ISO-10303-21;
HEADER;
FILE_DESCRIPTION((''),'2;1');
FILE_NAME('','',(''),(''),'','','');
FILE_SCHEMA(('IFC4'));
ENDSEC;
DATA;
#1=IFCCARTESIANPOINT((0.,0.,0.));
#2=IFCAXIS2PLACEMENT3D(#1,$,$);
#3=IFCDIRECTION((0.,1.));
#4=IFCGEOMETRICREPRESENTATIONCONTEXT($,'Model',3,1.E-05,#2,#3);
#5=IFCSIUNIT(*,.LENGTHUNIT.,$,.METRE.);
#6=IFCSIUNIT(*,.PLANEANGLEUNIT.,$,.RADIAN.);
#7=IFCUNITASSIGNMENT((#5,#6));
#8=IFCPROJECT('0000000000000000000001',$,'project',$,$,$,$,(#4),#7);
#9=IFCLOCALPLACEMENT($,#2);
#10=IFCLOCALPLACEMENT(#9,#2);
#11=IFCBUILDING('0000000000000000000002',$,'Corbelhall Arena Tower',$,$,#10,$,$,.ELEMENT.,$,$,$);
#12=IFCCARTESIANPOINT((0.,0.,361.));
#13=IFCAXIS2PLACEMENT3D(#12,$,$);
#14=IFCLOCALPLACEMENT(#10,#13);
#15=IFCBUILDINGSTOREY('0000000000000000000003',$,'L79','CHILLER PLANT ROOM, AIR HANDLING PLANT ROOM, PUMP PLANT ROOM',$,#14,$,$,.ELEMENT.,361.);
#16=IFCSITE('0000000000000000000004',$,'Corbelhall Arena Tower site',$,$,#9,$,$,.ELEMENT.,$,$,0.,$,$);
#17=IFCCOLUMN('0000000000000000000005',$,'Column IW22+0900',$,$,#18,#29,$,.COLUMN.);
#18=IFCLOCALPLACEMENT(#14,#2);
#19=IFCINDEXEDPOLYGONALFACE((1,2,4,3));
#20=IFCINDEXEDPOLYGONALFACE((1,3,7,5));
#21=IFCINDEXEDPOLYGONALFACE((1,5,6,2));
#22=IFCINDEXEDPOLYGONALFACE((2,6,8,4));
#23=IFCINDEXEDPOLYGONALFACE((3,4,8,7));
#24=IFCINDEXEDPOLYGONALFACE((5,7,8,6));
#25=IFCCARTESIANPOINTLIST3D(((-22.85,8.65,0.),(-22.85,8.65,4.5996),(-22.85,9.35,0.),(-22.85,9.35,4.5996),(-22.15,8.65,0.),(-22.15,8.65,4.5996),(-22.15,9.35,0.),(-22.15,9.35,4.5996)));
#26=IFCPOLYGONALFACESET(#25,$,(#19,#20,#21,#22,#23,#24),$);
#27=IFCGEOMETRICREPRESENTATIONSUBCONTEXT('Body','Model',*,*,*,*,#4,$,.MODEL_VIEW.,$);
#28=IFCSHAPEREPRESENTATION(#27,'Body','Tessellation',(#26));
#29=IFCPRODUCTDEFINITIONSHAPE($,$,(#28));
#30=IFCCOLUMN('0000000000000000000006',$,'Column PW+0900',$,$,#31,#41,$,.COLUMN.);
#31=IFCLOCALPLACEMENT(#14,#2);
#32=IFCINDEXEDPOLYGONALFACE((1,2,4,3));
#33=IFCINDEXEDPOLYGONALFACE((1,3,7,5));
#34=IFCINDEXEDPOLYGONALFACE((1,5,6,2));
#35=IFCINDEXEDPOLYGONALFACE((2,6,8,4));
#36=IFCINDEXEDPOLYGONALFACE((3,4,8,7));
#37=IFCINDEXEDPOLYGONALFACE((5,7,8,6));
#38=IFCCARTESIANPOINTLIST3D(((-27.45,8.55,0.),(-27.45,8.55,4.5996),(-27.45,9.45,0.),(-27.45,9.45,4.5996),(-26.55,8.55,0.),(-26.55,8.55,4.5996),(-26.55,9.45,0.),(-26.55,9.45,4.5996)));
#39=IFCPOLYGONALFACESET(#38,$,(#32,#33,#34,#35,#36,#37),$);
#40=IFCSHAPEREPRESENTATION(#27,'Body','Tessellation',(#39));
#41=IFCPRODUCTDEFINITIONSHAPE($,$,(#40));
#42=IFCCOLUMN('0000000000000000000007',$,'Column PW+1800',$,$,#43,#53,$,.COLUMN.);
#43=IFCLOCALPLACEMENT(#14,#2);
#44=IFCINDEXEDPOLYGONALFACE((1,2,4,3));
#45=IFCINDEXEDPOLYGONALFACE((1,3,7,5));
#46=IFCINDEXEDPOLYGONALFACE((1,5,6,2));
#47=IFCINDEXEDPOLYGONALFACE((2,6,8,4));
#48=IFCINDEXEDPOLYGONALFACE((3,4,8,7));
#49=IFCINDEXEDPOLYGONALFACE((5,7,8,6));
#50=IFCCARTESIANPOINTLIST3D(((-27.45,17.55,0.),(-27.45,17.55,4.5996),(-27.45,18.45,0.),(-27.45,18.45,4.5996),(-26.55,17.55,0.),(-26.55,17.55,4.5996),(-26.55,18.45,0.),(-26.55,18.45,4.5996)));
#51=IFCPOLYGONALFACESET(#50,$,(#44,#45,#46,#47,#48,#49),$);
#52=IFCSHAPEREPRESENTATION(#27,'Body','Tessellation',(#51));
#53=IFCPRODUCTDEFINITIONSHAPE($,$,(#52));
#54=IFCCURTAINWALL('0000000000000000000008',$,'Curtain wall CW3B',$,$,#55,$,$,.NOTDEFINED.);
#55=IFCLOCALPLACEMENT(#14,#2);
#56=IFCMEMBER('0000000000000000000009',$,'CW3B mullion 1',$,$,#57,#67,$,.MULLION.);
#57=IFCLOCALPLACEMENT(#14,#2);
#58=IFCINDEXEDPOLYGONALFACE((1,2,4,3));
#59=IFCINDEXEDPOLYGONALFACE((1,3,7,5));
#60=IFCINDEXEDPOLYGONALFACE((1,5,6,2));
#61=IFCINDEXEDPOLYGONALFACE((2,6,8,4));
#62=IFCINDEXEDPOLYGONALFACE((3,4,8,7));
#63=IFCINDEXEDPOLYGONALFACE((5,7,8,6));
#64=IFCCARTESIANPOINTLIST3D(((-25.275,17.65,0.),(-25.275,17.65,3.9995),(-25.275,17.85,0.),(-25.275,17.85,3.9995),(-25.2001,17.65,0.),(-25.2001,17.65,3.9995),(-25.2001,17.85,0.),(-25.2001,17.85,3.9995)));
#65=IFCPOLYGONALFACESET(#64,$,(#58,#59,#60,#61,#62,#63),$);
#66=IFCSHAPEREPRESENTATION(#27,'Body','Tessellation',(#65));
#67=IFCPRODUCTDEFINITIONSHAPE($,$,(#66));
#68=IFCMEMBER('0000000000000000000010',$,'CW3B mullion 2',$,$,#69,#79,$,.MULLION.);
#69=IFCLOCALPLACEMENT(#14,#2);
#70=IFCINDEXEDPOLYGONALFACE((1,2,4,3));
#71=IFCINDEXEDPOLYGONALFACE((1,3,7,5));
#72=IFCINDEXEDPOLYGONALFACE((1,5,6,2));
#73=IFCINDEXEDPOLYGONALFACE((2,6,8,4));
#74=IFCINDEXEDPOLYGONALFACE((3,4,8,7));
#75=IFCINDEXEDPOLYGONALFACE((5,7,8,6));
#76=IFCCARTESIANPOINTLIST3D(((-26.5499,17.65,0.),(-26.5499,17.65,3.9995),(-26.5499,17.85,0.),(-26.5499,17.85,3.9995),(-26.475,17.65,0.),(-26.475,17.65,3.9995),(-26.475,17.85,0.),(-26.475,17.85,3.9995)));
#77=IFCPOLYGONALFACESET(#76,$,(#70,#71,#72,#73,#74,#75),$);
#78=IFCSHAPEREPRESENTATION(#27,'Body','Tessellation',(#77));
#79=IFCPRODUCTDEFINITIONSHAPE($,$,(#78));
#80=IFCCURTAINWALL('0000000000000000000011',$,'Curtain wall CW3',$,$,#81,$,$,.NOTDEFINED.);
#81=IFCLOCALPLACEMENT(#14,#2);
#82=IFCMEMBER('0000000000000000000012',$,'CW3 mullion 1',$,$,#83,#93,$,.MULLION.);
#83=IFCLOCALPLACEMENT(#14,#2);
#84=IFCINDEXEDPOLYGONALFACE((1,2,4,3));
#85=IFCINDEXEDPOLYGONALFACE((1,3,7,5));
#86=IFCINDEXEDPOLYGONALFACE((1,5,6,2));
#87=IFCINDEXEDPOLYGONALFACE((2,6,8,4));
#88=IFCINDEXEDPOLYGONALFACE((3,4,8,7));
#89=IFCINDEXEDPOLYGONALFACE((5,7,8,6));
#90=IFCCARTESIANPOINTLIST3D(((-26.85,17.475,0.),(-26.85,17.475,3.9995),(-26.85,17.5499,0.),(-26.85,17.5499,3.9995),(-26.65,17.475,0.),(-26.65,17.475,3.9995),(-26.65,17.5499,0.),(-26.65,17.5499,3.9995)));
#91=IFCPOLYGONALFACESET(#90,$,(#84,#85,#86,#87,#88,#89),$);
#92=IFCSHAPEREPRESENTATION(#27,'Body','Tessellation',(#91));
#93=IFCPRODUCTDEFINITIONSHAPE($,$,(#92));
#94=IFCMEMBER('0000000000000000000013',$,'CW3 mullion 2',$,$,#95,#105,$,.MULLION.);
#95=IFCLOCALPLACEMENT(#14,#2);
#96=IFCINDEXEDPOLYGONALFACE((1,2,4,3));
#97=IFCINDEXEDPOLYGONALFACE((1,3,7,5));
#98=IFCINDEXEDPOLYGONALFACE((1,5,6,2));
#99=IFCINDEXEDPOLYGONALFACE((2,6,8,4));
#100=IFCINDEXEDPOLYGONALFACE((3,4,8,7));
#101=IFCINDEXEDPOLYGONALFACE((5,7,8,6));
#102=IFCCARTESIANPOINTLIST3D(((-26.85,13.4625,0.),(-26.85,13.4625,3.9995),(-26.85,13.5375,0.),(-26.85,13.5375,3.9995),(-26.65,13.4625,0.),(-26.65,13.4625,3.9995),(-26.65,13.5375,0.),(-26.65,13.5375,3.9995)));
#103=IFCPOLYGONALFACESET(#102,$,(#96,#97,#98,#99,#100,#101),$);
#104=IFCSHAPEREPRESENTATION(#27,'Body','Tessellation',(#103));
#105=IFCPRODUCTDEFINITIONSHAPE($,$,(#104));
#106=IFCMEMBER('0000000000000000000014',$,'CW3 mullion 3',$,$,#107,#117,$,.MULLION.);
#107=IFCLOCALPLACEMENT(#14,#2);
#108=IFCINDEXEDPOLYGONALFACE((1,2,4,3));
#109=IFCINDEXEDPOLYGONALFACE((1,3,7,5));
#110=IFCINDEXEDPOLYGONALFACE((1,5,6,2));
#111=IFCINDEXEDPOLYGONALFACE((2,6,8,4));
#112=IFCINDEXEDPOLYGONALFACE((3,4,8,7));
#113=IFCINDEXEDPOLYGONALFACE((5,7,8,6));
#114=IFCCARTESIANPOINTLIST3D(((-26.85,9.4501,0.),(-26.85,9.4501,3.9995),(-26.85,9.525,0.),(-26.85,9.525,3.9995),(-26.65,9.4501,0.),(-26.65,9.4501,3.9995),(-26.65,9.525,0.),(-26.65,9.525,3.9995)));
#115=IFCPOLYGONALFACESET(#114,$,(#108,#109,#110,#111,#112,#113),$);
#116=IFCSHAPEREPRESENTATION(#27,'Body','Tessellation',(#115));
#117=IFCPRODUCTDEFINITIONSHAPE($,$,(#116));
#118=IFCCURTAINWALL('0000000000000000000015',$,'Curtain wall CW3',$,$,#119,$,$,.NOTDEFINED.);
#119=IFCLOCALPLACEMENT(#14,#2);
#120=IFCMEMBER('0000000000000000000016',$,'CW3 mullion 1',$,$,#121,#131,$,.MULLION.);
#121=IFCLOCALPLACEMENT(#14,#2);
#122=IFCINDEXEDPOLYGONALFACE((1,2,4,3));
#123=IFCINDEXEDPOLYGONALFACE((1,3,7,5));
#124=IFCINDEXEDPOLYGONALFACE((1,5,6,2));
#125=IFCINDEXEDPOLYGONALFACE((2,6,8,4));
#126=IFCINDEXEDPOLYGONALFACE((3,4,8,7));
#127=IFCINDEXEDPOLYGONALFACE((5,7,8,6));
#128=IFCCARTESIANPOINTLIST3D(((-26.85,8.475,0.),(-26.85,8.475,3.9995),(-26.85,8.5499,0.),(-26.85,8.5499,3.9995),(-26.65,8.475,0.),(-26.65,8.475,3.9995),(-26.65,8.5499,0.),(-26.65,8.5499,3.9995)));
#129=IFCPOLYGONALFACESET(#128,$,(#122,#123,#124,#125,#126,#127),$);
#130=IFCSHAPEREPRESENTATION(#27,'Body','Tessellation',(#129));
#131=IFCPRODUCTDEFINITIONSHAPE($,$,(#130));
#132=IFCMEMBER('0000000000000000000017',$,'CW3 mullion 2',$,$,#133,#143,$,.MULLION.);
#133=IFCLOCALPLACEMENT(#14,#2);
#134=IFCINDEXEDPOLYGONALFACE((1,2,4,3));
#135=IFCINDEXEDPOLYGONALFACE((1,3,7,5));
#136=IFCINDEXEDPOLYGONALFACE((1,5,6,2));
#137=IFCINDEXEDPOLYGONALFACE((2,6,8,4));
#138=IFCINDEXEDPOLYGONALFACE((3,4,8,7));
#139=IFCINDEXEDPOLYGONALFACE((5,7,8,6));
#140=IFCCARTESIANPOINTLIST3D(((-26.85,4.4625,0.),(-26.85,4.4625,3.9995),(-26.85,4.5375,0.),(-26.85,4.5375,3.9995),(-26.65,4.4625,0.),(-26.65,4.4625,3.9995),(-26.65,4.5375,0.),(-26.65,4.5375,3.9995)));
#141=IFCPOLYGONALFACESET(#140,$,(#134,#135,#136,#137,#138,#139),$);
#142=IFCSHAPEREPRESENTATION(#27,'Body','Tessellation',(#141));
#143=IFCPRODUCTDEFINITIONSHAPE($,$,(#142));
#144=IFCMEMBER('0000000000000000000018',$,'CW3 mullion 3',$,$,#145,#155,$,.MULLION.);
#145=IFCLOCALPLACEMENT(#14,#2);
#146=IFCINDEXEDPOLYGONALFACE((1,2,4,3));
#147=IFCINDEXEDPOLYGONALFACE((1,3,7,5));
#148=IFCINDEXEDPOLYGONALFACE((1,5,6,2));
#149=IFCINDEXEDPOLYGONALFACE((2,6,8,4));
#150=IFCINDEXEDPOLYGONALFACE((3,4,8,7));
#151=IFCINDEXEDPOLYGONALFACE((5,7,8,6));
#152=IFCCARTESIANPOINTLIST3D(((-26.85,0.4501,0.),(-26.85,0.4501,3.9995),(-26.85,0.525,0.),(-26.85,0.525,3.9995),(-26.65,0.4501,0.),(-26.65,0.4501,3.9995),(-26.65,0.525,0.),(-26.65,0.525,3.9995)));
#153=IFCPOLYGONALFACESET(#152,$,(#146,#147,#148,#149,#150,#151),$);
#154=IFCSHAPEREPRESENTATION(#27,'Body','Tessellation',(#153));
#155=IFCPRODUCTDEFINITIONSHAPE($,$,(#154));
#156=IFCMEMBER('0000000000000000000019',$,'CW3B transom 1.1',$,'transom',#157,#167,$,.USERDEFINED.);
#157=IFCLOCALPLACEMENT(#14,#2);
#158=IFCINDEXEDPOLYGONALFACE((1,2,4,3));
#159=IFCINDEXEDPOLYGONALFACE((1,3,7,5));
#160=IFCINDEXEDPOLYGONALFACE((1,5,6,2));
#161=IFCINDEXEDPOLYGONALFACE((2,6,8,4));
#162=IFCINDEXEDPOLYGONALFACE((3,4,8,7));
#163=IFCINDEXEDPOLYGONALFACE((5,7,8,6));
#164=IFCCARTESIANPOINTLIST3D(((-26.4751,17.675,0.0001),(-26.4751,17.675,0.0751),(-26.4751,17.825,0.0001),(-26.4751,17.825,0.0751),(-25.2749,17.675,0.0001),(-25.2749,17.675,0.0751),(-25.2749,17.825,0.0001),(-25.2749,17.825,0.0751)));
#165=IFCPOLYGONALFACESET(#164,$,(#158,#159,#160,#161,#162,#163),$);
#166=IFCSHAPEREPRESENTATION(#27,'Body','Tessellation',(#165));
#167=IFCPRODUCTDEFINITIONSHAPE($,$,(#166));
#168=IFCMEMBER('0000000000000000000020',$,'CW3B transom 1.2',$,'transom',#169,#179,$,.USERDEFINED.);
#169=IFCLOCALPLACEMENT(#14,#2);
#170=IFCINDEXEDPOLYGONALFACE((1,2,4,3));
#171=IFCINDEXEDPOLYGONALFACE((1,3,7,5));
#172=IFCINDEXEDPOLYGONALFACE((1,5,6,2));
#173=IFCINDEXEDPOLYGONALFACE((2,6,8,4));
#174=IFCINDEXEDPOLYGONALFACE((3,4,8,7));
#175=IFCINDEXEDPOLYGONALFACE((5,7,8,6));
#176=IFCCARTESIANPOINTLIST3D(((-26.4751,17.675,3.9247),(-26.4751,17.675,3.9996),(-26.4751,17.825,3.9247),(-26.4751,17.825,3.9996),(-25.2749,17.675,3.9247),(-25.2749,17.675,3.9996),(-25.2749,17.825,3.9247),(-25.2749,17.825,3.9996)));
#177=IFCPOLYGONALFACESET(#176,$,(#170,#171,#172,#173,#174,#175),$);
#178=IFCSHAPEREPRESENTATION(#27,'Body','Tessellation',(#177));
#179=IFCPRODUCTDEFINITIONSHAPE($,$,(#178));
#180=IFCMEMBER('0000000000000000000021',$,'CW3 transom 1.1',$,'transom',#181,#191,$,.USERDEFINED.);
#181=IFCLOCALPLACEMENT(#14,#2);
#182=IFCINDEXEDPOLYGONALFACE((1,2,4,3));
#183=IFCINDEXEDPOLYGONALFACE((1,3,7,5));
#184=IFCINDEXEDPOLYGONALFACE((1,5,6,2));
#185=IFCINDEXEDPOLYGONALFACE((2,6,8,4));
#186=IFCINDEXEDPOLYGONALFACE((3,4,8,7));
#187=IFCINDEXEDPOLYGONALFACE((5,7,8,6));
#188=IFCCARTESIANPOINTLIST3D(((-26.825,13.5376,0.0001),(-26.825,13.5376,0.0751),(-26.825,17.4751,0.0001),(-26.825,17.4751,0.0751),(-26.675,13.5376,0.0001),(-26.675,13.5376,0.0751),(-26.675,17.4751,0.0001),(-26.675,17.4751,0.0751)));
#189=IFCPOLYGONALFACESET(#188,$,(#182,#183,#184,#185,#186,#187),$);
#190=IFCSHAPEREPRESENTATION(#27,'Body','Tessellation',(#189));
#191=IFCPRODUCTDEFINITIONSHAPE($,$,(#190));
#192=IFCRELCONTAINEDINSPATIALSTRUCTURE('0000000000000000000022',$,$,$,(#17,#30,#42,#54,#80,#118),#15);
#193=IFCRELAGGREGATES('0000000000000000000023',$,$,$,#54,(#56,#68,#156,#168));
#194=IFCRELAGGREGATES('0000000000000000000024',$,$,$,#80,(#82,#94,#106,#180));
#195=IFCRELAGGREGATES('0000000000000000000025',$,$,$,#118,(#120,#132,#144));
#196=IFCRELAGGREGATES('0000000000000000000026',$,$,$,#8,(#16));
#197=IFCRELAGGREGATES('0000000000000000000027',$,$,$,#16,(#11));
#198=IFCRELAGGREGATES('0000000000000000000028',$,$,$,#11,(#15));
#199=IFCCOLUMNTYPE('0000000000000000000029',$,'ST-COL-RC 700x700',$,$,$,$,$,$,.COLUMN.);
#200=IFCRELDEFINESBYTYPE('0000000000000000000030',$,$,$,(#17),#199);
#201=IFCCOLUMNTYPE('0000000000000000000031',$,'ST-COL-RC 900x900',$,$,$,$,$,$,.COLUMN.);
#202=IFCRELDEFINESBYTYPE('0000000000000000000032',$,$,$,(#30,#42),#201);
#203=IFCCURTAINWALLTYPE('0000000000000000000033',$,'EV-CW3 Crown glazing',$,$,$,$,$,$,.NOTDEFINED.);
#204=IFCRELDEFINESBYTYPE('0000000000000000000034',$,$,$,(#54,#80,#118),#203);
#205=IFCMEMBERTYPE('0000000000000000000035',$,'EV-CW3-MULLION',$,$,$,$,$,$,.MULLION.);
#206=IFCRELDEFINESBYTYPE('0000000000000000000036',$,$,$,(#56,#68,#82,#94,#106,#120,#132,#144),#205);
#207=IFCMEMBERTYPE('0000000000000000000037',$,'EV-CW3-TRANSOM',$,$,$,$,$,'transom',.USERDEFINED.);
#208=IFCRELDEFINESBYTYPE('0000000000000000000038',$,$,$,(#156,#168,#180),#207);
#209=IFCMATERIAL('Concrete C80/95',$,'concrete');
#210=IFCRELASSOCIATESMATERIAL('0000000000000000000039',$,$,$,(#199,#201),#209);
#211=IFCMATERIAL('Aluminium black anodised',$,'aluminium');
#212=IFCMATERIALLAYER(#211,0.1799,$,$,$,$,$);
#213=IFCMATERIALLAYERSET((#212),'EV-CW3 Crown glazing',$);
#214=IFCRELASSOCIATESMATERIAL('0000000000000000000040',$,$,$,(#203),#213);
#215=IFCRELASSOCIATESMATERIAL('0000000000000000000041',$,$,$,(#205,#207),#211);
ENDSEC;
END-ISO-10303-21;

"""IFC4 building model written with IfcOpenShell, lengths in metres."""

from ifc_helpers import new_model, si_unit, direction, frame, origin, origin_2d, place, context, subcontext, project, spatial, rectangle, extrude, material, layer, layer_set, material_profile, profile_set, type_object, element, aggregate, save


model = new_model("IFC4")

# Units and contexts
model_context = context("Model", 3, precision=1e-05, world=origin(), true_north=direction((0.0, 1.0)))
body_context = subcontext(model_context, "Body", "Model", "MODEL_VIEW")
ifc_project = project(units=[si_unit("LENGTHUNIT", "METRE"), si_unit("PLANEANGLEUNIT", "RADIAN")], contexts=[model_context])

# Site, building, storey
site_placement = place(None, origin())
site = spatial("IfcSite", under=ifc_project, at=site_placement, Name="Corbelhall Arena Tower site", CompositionType="ELEMENT", RefElevation=0.0)
building_placement = place(site_placement, origin())
building = spatial("IfcBuilding", under=site, at=building_placement, Name="Corbelhall Arena Tower", CompositionType="ELEMENT")
storey_placement = place(building_placement, frame((0.0, 0.0, 361.0)))
storey = spatial("IfcBuildingStorey", under=building, at=storey_placement, Name="L79", Description="CHILLER PLANT ROOM, AIR HANDLING PLANT ROOM, PUMP PLANT ROOM", CompositionType="ELEMENT", Elevation=361.0)

# Columns
ifc_material_1 = material(Name="Concrete C80/95", Category="concrete")
ifc_material_profile_1 = material_profile(ifc_material_1, rectangle(XDim=0.7, YDim=0.7, at=origin_2d()))
ifc_profile_set_1 = profile_set([ifc_material_profile_1], Name="Concrete C80/95")
column_type_1 = type_object("IfcColumnType", Name="ST-COL-RC 700x700", PredefinedType="COLUMN", material=ifc_profile_set_1)
column_placement = place(storey_placement, frame((-22.5, 9.0, 0.0), z_axis=(0.0, 0.0, 1.0), x_axis=(1.0, 0.0, 0.0)))
element("IfcColumn", 1, at=column_placement, inside=storey, type_object=column_type_1, Name="Column IW22+0900", PredefinedType="COLUMN", context=body_context, shape_type="SweptSolid", body=[
    extrude(rectangle(XDim=0.7, YDim=0.7, at=origin_2d()), origin(), (0.0, 0.0, 1.0), 4.5996),
])
ifc_material_profile_2 = material_profile(ifc_material_1, rectangle(XDim=0.8999, YDim=0.8999, at=origin_2d()))
ifc_profile_set_2 = profile_set([ifc_material_profile_2], Name="Concrete C80/95")
column_type_2 = type_object("IfcColumnType", Name="ST-COL-RC 900x900", PredefinedType="COLUMN", material=ifc_profile_set_2)
for number, where, z_axis, x_axis, name in (
    (2, (-27.0, 9.0, 0.0), (0.0, 0.0, 1.0), (0.0, 1.0, 0.0), "Column PW+0900"),
    (3, (-27.0, 18.0, 0.0), (0.0, 0.0, 1.0), (0.0, 1.0, 0.0), "Column PW+1800"),
):
    element("IfcColumn", number, at=place(storey_placement, frame(where, z_axis=z_axis, x_axis=x_axis)), inside=storey, type_object=column_type_2, Name=name, PredefinedType="COLUMN", context=body_context, shape_type="SweptSolid", body=[
        extrude(rectangle(XDim=0.8999, YDim=0.8999, at=origin_2d()), origin(), (0.0, 0.0, 1.0), 4.5996),
    ])

# Curtain walls, members
ifc_material_2 = material(Name="Aluminium black anodised", Category="aluminium")
ifc_layer_1 = layer(ifc_material_2, 0.1799)
ifc_layer_set_1 = layer_set([ifc_layer_1], Name="EV-CW3 Crown glazing")
curtain_wall_type = type_object("IfcCurtainWallType", Name="EV-CW3 Crown glazing", PredefinedType="NOTDEFINED", material=ifc_layer_set_1)
curtain_wall_1_placement = place(storey_placement, origin())
curtain_wall_1 = element("IfcCurtainWall", 4, at=curtain_wall_1_placement, inside=storey, type_object=curtain_wall_type, Name="Curtain wall CW3B", PredefinedType="NOTDEFINED")
ifc_material_profile_3 = material_profile(ifc_material_2, rectangle(XDim=0.2, YDim=0.075, at=origin_2d()))
ifc_profile_set_3 = profile_set([ifc_material_profile_3], Name="Aluminium black anodised")
member_type_1 = type_object("IfcMemberType", Name="EV-CW3-MULLION", PredefinedType="MULLION", material=ifc_profile_set_3)
member_1_placement = place(storey_placement, frame((-25.2375, 17.75, 0.0), z_axis=(0.0, 0.0, 1.0), x_axis=(0.0, -1.0, 0.0)))
member_1 = element("IfcMember", 5, at=member_1_placement, type_object=member_type_1, Name="CW3B mullion 1", PredefinedType="MULLION", context=body_context, shape_type="SweptSolid", body=[
    extrude(rectangle(XDim=0.2, YDim=0.075, at=origin_2d()), origin(), (0.0, 0.0, 1.0), 3.9995),
])
member_2_placement = place(storey_placement, frame((-26.5125, 17.75, 0.0), z_axis=(0.0, 0.0, 1.0), x_axis=(0.0, -1.0, 0.0)))
member_2 = element("IfcMember", 6, at=member_2_placement, type_object=member_type_1, Name="CW3B mullion 2", PredefinedType="MULLION", context=body_context, shape_type="SweptSolid", body=[
    extrude(rectangle(XDim=0.2, YDim=0.075, at=origin_2d()), origin(), (0.0, 0.0, 1.0), 3.9995),
])
curtain_wall_2_placement = place(storey_placement, origin())
curtain_wall_2 = element("IfcCurtainWall", 7, at=curtain_wall_2_placement, inside=storey, type_object=curtain_wall_type, Name="Curtain wall CW3", PredefinedType="NOTDEFINED")
member_3_placement = place(storey_placement, frame((-26.75, 17.5125, 0.0), z_axis=(0.0, 0.0, 1.0), x_axis=(1.0, 0.0, 0.0)))
member_3 = element("IfcMember", 8, at=member_3_placement, type_object=member_type_1, Name="CW3 mullion 1", PredefinedType="MULLION", context=body_context, shape_type="SweptSolid", body=[
    extrude(rectangle(XDim=0.2, YDim=0.075, at=origin_2d()), origin(), (0.0, 0.0, 1.0), 3.9995),
])
member_4_placement = place(storey_placement, frame((-26.75, 13.5, 0.0), z_axis=(0.0, 0.0, 1.0), x_axis=(1.0, 0.0, 0.0)))
member_4 = element("IfcMember", 9, at=member_4_placement, type_object=member_type_1, Name="CW3 mullion 2", PredefinedType="MULLION", context=body_context, shape_type="SweptSolid", body=[
    extrude(rectangle(XDim=0.2, YDim=0.075, at=origin_2d()), origin(), (0.0, 0.0, 1.0), 3.9995),
])
member_5_placement = place(storey_placement, frame((-26.75, 9.4875, 0.0), z_axis=(0.0, 0.0, 1.0), x_axis=(1.0, 0.0, 0.0)))
member_5 = element("IfcMember", 10, at=member_5_placement, type_object=member_type_1, Name="CW3 mullion 3", PredefinedType="MULLION", context=body_context, shape_type="SweptSolid", body=[
    extrude(rectangle(XDim=0.2, YDim=0.075, at=origin_2d()), origin(), (0.0, 0.0, 1.0), 3.9995),
])
curtain_wall_3_placement = place(storey_placement, origin())
curtain_wall_3 = element("IfcCurtainWall", 11, at=curtain_wall_3_placement, inside=storey, type_object=curtain_wall_type, Name="Curtain wall CW3", PredefinedType="NOTDEFINED")
member_6_placement = place(storey_placement, frame((-26.75, 8.5125, 0.0), z_axis=(0.0, 0.0, 1.0), x_axis=(1.0, 0.0, 0.0)))
member_6 = element("IfcMember", 12, at=member_6_placement, type_object=member_type_1, Name="CW3 mullion 1", PredefinedType="MULLION", context=body_context, shape_type="SweptSolid", body=[
    extrude(rectangle(XDim=0.2, YDim=0.075, at=origin_2d()), origin(), (0.0, 0.0, 1.0), 3.9995),
])
member_7_placement = place(storey_placement, frame((-26.75, 4.5, 0.0), z_axis=(0.0, 0.0, 1.0), x_axis=(1.0, 0.0, 0.0)))
member_7 = element("IfcMember", 13, at=member_7_placement, type_object=member_type_1, Name="CW3 mullion 2", PredefinedType="MULLION", context=body_context, shape_type="SweptSolid", body=[
    extrude(rectangle(XDim=0.2, YDim=0.075, at=origin_2d()), origin(), (0.0, 0.0, 1.0), 3.9995),
])
member_8_placement = place(storey_placement, frame((-26.75, 0.4875, 0.0), z_axis=(0.0, 0.0, 1.0), x_axis=(1.0, 0.0, 0.0)))
member_8 = element("IfcMember", 14, at=member_8_placement, type_object=member_type_1, Name="CW3 mullion 3", PredefinedType="MULLION", context=body_context, shape_type="SweptSolid", body=[
    extrude(rectangle(XDim=0.2, YDim=0.075, at=origin_2d()), origin(), (0.0, 0.0, 1.0), 3.9995),
])

# Members
ifc_material_profile_4 = material_profile(ifc_material_2, rectangle(XDim=0.1499, YDim=0.075, at=origin_2d()))
ifc_profile_set_4 = profile_set([ifc_material_profile_4], Name="Aluminium black anodised")
member_type_2 = type_object("IfcMemberType", Name="EV-CW3-TRANSOM", ElementType="transom", PredefinedType="USERDEFINED", material=ifc_profile_set_4)
member_9_placement = place(storey_placement, frame((-25.2749, 17.75, 0.0376), z_axis=(-1.0, 0.0, 0.0), x_axis=(0.0, -1.0, 0.0)))
member_9 = element("IfcMember", 15, at=member_9_placement, type_object=member_type_2, Name="CW3B transom 1.1", ObjectType="transom", PredefinedType="USERDEFINED", context=body_context, shape_type="SweptSolid", body=[
    extrude(rectangle(XDim=0.1499, YDim=0.075, at=origin_2d()), origin(), (0.0, 0.0, 1.0), 1.2002),
])
member_10_placement = place(storey_placement, frame((-25.2749, 17.75, 3.9622), z_axis=(-1.0, 0.0, 0.0), x_axis=(0.0, -1.0, 0.0)))
member_10 = element("IfcMember", 16, at=member_10_placement, type_object=member_type_2, Name="CW3B transom 1.2", ObjectType="transom", PredefinedType="USERDEFINED", context=body_context, shape_type="SweptSolid", body=[
    extrude(rectangle(XDim=0.1499, YDim=0.075, at=origin_2d()), origin(), (0.0, 0.0, 1.0), 1.2002),
])
member_11_placement = place(storey_placement, frame((-26.75, 17.4751, 0.0376), z_axis=(0.0, -1.0, 0.0), x_axis=(1.0, 0.0, 0.0)))
member_11 = element("IfcMember", 17, at=member_11_placement, type_object=member_type_2, Name="CW3 transom 1.1", ObjectType="transom", PredefinedType="USERDEFINED", context=body_context, shape_type="SweptSolid", body=[
    extrude(rectangle(XDim=0.1499, YDim=0.075, at=origin_2d()), origin(), (0.0, 0.0, 1.0), 3.9375),
])

aggregate(curtain_wall_1, [member_1, member_2, member_9, member_10])
aggregate(curtain_wall_2, [member_3, member_4, member_5, member_11])
aggregate(curtain_wall_3, [member_6, member_7, member_8])

save(model, "model.ifc")
